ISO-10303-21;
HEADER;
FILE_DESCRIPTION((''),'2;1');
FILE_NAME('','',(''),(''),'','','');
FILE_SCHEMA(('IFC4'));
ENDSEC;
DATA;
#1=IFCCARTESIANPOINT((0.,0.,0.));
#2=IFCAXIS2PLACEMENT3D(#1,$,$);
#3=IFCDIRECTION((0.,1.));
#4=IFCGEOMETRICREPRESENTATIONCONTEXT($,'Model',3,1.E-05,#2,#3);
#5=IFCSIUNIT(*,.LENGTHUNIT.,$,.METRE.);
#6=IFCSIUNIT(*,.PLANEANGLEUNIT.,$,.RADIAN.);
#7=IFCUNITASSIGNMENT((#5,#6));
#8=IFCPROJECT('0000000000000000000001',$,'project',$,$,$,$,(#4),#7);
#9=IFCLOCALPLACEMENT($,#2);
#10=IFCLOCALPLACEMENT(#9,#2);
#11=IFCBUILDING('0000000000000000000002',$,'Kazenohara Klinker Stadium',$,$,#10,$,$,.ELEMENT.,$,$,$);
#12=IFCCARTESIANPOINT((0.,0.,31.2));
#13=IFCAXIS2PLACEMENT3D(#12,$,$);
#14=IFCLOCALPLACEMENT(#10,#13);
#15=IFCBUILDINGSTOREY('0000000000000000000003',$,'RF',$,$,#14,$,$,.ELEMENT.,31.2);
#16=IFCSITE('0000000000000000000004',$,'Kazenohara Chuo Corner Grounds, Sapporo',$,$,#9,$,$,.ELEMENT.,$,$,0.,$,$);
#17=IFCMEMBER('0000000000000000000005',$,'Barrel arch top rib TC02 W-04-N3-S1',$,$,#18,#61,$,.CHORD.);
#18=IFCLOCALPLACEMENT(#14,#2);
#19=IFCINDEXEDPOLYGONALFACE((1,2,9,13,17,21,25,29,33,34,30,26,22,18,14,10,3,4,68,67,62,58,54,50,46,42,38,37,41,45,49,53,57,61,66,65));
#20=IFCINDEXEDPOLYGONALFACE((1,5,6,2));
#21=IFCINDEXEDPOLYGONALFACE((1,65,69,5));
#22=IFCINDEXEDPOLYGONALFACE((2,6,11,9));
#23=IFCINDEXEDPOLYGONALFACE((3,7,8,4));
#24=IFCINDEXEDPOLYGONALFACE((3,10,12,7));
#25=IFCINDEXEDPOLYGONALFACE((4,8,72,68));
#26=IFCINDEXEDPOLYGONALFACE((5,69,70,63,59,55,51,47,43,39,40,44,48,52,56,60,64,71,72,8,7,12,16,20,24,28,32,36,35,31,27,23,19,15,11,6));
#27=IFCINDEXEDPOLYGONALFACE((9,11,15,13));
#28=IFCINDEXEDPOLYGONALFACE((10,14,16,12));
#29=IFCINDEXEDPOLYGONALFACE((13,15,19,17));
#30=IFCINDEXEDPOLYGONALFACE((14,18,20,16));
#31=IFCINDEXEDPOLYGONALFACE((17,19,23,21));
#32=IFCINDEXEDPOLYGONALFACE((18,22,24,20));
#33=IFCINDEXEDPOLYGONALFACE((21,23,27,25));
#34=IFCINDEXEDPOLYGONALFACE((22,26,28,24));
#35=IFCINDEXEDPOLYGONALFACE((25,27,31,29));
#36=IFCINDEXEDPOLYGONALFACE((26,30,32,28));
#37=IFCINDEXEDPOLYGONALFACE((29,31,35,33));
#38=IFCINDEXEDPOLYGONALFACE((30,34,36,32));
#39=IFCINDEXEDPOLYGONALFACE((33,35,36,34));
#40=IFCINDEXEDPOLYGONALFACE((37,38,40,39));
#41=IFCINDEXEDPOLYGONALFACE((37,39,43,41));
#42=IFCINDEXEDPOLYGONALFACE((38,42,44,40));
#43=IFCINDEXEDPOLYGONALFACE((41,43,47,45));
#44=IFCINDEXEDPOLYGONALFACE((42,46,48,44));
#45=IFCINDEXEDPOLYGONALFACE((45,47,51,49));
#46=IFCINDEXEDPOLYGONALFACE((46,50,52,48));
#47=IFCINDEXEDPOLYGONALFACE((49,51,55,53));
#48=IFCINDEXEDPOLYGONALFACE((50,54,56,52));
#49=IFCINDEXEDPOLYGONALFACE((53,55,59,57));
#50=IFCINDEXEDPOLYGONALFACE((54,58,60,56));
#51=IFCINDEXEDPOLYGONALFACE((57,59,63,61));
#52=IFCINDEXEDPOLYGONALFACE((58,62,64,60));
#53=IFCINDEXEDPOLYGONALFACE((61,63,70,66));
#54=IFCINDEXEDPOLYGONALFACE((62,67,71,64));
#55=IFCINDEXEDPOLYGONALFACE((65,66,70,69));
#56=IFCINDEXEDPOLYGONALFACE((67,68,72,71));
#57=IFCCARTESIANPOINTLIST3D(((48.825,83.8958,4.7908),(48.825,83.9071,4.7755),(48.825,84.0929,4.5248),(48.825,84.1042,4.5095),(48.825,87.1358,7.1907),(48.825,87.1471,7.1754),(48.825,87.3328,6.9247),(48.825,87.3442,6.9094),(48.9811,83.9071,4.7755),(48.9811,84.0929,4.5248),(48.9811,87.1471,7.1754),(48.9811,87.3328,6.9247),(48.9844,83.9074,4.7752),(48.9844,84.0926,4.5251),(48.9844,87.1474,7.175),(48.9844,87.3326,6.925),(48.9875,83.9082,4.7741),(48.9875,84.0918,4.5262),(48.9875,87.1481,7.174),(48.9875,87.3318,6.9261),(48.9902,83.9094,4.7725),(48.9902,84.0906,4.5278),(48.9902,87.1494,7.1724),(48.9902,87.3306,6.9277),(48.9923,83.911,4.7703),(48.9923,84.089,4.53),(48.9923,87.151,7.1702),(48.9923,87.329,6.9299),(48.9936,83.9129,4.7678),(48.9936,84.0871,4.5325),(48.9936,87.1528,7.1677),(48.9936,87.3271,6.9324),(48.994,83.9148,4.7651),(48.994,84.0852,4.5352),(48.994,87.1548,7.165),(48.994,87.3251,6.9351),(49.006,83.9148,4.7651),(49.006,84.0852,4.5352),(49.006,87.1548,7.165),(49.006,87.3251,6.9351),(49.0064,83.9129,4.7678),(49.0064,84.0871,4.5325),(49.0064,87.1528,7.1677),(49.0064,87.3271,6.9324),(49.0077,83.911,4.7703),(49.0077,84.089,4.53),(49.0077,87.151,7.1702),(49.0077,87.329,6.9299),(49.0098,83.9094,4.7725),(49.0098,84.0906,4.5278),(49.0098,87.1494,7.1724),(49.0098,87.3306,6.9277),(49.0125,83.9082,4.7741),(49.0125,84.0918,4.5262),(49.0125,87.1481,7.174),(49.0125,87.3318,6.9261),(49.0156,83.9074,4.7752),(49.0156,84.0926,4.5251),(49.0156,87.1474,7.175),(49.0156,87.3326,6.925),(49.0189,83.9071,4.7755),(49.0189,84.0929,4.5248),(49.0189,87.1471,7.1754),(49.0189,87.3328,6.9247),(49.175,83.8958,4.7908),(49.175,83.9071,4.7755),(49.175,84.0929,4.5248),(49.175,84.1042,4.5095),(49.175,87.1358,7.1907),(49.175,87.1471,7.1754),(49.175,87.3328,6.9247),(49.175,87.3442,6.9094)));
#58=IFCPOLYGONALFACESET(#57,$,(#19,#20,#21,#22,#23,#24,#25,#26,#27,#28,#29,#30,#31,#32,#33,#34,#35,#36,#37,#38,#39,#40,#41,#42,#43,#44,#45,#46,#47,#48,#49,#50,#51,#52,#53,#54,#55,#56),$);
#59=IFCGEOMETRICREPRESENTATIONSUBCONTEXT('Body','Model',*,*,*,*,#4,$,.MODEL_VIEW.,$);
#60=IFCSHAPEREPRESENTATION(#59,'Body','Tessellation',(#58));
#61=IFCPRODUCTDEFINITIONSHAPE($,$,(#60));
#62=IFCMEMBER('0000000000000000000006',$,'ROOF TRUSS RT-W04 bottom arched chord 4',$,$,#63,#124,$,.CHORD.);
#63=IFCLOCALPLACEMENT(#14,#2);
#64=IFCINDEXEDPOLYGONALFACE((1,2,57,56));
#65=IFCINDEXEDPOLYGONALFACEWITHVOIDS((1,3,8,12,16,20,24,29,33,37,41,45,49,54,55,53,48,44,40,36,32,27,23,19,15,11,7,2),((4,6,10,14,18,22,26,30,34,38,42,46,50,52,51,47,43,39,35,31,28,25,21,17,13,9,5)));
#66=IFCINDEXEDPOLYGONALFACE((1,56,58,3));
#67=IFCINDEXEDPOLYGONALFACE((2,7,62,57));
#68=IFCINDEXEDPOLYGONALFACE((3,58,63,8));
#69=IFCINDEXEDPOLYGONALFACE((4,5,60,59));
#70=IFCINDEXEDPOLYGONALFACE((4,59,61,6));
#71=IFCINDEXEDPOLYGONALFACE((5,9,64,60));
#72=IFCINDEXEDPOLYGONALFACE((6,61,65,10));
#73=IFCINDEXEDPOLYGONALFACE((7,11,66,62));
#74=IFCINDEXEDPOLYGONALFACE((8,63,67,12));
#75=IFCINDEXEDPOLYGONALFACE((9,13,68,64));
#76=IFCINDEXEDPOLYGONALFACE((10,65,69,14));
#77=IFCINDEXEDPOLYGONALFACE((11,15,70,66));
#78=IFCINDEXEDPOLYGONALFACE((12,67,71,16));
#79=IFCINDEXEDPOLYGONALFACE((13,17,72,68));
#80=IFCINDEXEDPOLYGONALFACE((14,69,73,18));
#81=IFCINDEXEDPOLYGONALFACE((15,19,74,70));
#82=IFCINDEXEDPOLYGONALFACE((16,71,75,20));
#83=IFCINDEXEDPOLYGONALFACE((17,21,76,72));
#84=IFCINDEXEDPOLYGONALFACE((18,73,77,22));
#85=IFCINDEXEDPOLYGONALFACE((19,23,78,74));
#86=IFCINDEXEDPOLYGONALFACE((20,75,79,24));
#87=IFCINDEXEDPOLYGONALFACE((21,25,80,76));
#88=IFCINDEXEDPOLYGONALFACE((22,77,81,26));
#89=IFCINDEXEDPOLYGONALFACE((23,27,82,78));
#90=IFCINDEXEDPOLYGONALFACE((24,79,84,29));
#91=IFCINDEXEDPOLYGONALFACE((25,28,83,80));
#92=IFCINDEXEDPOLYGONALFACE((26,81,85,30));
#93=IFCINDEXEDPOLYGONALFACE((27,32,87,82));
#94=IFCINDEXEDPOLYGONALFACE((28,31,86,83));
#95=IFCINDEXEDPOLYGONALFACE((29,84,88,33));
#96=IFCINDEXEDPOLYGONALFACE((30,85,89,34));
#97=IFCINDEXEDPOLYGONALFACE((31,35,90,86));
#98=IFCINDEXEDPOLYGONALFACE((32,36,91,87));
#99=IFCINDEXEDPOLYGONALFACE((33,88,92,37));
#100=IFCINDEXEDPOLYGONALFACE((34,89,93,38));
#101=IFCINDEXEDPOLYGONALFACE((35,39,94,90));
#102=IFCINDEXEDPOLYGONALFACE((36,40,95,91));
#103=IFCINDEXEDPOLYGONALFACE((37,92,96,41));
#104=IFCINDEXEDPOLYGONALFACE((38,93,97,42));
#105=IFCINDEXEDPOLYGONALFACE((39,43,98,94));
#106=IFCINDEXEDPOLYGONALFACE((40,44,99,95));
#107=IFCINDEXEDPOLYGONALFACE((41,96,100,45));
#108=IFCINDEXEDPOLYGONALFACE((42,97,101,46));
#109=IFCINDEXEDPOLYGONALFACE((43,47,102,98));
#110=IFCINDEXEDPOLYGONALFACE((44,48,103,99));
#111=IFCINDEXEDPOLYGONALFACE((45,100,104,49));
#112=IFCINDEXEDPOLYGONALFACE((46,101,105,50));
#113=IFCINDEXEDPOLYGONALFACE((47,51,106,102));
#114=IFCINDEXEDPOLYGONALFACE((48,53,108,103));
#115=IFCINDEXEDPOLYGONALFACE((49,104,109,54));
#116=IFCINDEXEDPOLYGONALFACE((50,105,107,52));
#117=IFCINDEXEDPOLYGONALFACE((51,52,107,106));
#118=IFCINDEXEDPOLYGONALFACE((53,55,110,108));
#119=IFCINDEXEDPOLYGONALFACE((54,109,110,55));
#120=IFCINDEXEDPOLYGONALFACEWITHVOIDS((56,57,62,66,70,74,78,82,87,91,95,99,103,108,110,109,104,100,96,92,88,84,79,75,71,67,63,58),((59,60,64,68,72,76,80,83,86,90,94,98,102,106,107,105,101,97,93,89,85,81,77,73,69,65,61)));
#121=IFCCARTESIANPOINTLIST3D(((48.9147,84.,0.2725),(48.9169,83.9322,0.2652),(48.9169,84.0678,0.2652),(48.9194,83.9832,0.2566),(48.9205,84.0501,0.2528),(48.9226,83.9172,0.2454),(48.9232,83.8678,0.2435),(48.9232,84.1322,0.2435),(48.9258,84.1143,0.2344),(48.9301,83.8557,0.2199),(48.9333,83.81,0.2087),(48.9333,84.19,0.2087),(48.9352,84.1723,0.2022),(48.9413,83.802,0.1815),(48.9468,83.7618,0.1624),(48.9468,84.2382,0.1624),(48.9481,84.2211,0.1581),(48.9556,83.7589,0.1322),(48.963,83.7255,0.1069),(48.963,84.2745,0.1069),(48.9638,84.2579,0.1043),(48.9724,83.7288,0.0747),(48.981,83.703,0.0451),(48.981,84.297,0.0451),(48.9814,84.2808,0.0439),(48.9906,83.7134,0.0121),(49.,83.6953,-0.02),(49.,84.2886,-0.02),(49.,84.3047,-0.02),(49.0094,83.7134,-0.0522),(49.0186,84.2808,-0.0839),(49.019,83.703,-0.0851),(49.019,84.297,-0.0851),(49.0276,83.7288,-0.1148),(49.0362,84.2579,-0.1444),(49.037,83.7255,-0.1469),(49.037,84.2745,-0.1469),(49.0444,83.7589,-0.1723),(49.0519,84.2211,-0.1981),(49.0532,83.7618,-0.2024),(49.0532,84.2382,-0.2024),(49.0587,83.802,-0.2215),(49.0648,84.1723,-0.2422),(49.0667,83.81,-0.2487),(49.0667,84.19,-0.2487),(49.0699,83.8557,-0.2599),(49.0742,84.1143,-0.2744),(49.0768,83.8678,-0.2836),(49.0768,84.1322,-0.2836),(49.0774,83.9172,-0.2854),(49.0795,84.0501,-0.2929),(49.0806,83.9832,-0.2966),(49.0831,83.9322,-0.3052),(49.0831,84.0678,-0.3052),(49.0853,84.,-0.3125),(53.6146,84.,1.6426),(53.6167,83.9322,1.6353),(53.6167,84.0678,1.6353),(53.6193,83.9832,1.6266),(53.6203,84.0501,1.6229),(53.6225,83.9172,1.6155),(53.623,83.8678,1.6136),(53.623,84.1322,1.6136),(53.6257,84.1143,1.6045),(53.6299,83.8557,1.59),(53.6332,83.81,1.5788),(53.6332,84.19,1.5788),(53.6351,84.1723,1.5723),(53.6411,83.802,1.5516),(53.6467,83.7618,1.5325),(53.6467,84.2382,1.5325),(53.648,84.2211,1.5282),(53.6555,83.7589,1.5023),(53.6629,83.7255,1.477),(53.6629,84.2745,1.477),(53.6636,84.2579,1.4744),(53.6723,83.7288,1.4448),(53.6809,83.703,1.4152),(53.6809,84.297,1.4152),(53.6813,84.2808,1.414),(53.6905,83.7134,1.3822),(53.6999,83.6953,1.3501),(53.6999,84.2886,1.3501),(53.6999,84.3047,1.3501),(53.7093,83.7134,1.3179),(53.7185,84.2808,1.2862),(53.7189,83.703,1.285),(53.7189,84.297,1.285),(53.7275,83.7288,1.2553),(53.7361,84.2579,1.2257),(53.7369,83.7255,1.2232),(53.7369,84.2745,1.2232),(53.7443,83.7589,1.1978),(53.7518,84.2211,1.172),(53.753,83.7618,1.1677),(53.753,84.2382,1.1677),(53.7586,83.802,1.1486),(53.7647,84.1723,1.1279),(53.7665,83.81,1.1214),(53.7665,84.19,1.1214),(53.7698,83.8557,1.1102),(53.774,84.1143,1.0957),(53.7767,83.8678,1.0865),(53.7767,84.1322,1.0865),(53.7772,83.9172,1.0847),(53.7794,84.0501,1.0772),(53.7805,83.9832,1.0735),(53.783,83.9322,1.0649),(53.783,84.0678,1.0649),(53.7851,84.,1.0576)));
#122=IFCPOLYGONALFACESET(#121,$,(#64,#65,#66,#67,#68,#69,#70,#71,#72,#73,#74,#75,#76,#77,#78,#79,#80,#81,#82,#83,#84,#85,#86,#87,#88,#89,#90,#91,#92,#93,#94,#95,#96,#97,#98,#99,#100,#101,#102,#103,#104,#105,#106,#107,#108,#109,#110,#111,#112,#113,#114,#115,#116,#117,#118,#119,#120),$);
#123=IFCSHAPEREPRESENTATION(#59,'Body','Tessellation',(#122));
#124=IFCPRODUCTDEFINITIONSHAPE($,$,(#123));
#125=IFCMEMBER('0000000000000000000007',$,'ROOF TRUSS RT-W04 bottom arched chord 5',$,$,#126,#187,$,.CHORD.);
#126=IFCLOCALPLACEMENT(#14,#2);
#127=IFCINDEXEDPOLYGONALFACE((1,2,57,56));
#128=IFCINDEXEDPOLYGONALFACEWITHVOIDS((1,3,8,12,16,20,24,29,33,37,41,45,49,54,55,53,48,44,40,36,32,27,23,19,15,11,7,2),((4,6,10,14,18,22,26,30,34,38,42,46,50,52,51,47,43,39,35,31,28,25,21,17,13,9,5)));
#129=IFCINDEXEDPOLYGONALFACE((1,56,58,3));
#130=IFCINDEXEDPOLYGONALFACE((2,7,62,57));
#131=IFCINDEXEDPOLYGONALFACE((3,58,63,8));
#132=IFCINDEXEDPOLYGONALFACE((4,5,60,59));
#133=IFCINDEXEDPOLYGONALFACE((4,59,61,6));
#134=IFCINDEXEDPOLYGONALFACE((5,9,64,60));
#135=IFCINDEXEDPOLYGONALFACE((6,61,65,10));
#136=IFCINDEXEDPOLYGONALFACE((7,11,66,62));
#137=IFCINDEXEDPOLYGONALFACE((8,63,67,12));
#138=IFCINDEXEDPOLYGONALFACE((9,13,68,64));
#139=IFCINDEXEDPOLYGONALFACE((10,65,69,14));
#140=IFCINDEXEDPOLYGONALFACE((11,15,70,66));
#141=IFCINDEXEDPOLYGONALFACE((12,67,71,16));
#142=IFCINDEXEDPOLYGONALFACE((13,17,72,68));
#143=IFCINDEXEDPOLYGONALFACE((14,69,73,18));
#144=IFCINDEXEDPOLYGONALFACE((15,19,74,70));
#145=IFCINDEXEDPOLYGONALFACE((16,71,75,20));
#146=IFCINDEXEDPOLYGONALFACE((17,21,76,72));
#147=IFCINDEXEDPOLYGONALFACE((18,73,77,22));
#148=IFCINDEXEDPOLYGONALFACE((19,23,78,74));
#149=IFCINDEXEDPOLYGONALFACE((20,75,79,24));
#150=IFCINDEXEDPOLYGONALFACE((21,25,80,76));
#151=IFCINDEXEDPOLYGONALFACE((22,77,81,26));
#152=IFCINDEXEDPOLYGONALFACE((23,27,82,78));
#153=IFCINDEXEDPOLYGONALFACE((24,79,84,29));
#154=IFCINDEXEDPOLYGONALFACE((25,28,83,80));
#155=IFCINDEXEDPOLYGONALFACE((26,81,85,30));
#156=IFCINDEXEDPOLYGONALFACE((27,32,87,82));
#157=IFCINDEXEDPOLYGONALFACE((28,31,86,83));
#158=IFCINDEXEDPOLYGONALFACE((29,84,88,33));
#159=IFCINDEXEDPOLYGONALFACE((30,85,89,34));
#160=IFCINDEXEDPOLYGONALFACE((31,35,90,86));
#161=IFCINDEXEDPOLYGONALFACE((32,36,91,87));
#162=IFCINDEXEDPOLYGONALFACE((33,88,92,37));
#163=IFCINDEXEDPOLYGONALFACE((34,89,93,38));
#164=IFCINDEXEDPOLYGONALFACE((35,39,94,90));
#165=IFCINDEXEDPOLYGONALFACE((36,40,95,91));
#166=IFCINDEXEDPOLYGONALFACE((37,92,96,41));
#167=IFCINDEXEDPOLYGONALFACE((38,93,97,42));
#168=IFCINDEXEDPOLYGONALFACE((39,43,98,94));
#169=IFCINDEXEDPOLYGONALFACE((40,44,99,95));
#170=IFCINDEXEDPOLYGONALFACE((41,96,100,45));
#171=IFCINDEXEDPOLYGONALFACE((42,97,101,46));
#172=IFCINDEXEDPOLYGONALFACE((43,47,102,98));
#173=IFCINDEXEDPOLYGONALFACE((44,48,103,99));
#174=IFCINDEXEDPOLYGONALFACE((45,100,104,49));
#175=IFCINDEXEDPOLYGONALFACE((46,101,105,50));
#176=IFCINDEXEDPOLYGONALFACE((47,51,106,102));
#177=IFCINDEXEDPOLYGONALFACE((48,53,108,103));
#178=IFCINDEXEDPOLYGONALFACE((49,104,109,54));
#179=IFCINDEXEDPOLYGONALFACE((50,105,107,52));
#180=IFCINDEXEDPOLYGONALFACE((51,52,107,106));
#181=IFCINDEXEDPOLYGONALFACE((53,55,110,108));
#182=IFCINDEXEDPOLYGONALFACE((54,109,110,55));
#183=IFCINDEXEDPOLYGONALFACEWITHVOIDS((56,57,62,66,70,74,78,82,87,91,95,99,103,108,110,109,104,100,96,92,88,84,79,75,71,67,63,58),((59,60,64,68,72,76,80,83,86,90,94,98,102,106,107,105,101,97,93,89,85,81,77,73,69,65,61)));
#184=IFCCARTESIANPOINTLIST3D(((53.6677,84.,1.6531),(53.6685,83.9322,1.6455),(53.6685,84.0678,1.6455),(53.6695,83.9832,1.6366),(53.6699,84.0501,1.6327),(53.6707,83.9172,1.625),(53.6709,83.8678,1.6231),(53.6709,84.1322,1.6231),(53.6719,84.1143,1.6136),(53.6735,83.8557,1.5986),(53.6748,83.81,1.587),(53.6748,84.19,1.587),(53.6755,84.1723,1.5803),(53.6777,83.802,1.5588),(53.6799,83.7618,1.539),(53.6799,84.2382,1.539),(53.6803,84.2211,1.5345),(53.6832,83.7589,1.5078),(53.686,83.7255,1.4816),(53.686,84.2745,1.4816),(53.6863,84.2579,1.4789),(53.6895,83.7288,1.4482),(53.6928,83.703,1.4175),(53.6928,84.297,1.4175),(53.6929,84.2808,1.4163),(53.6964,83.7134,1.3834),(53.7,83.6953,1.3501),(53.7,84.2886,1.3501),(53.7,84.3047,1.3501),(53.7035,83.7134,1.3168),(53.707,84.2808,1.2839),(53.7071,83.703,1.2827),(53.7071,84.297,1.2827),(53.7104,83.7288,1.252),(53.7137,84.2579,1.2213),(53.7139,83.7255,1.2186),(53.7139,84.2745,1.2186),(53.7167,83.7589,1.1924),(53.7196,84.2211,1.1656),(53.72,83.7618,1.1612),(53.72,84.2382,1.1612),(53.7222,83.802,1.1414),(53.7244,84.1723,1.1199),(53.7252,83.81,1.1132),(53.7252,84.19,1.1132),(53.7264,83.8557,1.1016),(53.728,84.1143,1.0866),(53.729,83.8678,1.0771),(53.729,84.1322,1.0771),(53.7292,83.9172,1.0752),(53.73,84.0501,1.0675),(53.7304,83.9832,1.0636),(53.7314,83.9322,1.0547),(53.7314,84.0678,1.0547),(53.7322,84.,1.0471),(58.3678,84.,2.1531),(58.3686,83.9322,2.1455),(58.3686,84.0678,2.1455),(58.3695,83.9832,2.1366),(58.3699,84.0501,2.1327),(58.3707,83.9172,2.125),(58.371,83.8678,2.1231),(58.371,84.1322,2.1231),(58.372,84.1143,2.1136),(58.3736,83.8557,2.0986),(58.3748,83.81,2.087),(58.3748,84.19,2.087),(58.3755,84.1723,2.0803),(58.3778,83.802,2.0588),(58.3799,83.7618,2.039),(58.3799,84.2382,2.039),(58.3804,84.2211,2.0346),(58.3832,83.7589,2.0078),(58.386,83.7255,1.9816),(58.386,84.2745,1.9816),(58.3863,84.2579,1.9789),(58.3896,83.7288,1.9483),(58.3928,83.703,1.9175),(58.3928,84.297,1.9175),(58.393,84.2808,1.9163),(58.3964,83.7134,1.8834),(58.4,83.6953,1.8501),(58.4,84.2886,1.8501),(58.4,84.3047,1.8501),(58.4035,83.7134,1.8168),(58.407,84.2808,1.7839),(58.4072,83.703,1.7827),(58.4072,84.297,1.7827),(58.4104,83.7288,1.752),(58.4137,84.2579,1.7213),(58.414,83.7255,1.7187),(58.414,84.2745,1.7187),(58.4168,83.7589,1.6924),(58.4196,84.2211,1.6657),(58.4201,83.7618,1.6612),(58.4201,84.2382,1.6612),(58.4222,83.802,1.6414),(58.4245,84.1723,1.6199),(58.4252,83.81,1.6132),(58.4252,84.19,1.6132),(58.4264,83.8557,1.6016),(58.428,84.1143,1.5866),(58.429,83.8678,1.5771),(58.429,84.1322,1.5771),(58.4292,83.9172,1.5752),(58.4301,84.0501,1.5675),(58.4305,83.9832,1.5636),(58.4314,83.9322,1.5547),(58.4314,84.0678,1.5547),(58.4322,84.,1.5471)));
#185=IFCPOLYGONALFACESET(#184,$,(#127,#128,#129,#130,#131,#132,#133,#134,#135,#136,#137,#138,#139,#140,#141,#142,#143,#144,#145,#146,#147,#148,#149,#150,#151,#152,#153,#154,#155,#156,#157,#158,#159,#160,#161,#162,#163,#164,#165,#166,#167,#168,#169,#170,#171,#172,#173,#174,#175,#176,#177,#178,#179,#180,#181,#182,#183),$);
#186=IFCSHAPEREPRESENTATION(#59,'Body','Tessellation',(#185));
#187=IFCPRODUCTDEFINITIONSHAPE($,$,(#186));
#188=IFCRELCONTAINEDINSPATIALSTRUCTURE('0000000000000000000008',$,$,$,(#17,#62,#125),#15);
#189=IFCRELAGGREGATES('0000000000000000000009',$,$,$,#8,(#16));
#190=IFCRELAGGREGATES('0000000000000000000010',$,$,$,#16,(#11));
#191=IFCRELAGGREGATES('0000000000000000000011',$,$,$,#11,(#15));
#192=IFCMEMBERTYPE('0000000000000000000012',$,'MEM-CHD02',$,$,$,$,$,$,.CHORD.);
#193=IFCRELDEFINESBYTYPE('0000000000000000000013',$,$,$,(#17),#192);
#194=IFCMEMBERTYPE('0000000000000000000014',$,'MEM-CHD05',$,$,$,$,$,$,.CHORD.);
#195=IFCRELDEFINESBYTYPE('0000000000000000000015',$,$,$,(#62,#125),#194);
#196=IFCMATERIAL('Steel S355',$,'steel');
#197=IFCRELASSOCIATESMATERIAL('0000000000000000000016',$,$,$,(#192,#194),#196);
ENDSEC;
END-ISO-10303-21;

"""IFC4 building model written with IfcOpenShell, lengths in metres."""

from ifc_helpers import new_model, si_unit, direction, frame, origin, origin_2d, place, context, subcontext, project, spatial, hollow_circle, i_section, extrude, material, material_profile, profile_set, type_object, element, save


model = new_model("IFC4")

# Units and contexts
model_context = context("Model", 3, precision=1e-05, world=origin(), true_north=direction((0.0, 1.0)))
body_context = subcontext(model_context, "Body", "Model", "MODEL_VIEW")
ifc_project = project(units=[si_unit("LENGTHUNIT", "METRE"), si_unit("PLANEANGLEUNIT", "RADIAN")], contexts=[model_context])

# Site, building, storey
site_placement = place(None, origin())
site = spatial("IfcSite", under=ifc_project, at=site_placement, Name="Kazenohara Chuo Corner Grounds, Sapporo", CompositionType="ELEMENT", RefElevation=0.0)
building_placement = place(site_placement, origin())
building = spatial("IfcBuilding", under=site, at=building_placement, Name="Kazenohara Klinker Stadium", CompositionType="ELEMENT")
storey_placement = place(building_placement, frame((0.0, 0.0, 31.2)))
storey = spatial("IfcBuildingStorey", under=building, at=storey_placement, Name="RF", CompositionType="ELEMENT", Elevation=31.2)

# Members
ifc_material_1 = material(Name="Steel S355", Category="steel")
ifc_material_profile_1 = material_profile(ifc_material_1, i_section(OverallWidth=0.3501, OverallDepth=0.3501, WebThickness=0.012, FlangeThickness=0.019, FilletRadius=0.0129, at=origin_2d()), Name="H-350x350x12x19")
ifc_profile_set_1 = profile_set([ifc_material_profile_1], Name="Steel S355")
member_type_1 = type_object("IfcMemberType", Name="MEM-CHD02", PredefinedType="CHORD", material=ifc_profile_set_1)
member_1_placement = place(storey_placement, frame((49.0, 84.0, 4.6501), z_axis=(0.0, 0.803568, 0.595213), x_axis=(-1.0, 0.0, 0.0)))
element("IfcMember", 1, at=member_1_placement, inside=storey, type_object=member_type_1, Name="Barrel arch top rib TC02 W-04-N3-S1", PredefinedType="CHORD", context=body_context, shape_type="SweptSolid", body=[
    extrude(i_section(OverallWidth=0.3501, OverallDepth=0.3501, WebThickness=0.012, FlangeThickness=0.019, FilletRadius=0.0129, at=origin_2d()), origin(), (0.0, 0.0, 1.0), 4.032),
])
ifc_material_profile_2 = material_profile(ifc_material_1, hollow_circle(Radius=0.3047, WallThickness=0.0161, at=origin_2d()), Name="CHS-609.6x16")
ifc_profile_set_2 = profile_set([ifc_material_profile_2], Name="Steel S355")
member_type_2 = type_object("IfcMemberType", Name="MEM-CHD05", PredefinedType="CHORD", material=ifc_profile_set_2)
member_2_placement = place(storey_placement, frame((49.0, 84.0, -0.02), z_axis=(0.960039, 0.0, 0.279868), x_axis=(0.0, 1.0, 0.0)))
element("IfcMember", 2, at=member_2_placement, inside=storey, type_object=member_type_2, Name="ROOF TRUSS RT-W04 bottom arched chord 4", PredefinedType="CHORD", context=body_context, shape_type="SweptSolid", body=[
    extrude(hollow_circle(Radius=0.3047, WallThickness=0.0161, at=origin_2d()), origin(), (0.0, 0.0, 1.0), 4.8955),
])
member_3_placement = place(storey_placement, frame((53.7, 84.0, 1.3501), z_axis=(0.994389, 0.0, 0.105787), x_axis=(0.0, 1.0, 0.0)))
element("IfcMember", 3, at=member_3_placement, inside=storey, type_object=member_type_2, Name="ROOF TRUSS RT-W04 bottom arched chord 5", PredefinedType="CHORD", context=body_context, shape_type="SweptSolid", body=[
    extrude(hollow_circle(Radius=0.3047, WallThickness=0.0161, at=origin_2d()), origin(), (0.0, 0.0, 1.0), 4.7266),
])

save(model, "model.ifc")
